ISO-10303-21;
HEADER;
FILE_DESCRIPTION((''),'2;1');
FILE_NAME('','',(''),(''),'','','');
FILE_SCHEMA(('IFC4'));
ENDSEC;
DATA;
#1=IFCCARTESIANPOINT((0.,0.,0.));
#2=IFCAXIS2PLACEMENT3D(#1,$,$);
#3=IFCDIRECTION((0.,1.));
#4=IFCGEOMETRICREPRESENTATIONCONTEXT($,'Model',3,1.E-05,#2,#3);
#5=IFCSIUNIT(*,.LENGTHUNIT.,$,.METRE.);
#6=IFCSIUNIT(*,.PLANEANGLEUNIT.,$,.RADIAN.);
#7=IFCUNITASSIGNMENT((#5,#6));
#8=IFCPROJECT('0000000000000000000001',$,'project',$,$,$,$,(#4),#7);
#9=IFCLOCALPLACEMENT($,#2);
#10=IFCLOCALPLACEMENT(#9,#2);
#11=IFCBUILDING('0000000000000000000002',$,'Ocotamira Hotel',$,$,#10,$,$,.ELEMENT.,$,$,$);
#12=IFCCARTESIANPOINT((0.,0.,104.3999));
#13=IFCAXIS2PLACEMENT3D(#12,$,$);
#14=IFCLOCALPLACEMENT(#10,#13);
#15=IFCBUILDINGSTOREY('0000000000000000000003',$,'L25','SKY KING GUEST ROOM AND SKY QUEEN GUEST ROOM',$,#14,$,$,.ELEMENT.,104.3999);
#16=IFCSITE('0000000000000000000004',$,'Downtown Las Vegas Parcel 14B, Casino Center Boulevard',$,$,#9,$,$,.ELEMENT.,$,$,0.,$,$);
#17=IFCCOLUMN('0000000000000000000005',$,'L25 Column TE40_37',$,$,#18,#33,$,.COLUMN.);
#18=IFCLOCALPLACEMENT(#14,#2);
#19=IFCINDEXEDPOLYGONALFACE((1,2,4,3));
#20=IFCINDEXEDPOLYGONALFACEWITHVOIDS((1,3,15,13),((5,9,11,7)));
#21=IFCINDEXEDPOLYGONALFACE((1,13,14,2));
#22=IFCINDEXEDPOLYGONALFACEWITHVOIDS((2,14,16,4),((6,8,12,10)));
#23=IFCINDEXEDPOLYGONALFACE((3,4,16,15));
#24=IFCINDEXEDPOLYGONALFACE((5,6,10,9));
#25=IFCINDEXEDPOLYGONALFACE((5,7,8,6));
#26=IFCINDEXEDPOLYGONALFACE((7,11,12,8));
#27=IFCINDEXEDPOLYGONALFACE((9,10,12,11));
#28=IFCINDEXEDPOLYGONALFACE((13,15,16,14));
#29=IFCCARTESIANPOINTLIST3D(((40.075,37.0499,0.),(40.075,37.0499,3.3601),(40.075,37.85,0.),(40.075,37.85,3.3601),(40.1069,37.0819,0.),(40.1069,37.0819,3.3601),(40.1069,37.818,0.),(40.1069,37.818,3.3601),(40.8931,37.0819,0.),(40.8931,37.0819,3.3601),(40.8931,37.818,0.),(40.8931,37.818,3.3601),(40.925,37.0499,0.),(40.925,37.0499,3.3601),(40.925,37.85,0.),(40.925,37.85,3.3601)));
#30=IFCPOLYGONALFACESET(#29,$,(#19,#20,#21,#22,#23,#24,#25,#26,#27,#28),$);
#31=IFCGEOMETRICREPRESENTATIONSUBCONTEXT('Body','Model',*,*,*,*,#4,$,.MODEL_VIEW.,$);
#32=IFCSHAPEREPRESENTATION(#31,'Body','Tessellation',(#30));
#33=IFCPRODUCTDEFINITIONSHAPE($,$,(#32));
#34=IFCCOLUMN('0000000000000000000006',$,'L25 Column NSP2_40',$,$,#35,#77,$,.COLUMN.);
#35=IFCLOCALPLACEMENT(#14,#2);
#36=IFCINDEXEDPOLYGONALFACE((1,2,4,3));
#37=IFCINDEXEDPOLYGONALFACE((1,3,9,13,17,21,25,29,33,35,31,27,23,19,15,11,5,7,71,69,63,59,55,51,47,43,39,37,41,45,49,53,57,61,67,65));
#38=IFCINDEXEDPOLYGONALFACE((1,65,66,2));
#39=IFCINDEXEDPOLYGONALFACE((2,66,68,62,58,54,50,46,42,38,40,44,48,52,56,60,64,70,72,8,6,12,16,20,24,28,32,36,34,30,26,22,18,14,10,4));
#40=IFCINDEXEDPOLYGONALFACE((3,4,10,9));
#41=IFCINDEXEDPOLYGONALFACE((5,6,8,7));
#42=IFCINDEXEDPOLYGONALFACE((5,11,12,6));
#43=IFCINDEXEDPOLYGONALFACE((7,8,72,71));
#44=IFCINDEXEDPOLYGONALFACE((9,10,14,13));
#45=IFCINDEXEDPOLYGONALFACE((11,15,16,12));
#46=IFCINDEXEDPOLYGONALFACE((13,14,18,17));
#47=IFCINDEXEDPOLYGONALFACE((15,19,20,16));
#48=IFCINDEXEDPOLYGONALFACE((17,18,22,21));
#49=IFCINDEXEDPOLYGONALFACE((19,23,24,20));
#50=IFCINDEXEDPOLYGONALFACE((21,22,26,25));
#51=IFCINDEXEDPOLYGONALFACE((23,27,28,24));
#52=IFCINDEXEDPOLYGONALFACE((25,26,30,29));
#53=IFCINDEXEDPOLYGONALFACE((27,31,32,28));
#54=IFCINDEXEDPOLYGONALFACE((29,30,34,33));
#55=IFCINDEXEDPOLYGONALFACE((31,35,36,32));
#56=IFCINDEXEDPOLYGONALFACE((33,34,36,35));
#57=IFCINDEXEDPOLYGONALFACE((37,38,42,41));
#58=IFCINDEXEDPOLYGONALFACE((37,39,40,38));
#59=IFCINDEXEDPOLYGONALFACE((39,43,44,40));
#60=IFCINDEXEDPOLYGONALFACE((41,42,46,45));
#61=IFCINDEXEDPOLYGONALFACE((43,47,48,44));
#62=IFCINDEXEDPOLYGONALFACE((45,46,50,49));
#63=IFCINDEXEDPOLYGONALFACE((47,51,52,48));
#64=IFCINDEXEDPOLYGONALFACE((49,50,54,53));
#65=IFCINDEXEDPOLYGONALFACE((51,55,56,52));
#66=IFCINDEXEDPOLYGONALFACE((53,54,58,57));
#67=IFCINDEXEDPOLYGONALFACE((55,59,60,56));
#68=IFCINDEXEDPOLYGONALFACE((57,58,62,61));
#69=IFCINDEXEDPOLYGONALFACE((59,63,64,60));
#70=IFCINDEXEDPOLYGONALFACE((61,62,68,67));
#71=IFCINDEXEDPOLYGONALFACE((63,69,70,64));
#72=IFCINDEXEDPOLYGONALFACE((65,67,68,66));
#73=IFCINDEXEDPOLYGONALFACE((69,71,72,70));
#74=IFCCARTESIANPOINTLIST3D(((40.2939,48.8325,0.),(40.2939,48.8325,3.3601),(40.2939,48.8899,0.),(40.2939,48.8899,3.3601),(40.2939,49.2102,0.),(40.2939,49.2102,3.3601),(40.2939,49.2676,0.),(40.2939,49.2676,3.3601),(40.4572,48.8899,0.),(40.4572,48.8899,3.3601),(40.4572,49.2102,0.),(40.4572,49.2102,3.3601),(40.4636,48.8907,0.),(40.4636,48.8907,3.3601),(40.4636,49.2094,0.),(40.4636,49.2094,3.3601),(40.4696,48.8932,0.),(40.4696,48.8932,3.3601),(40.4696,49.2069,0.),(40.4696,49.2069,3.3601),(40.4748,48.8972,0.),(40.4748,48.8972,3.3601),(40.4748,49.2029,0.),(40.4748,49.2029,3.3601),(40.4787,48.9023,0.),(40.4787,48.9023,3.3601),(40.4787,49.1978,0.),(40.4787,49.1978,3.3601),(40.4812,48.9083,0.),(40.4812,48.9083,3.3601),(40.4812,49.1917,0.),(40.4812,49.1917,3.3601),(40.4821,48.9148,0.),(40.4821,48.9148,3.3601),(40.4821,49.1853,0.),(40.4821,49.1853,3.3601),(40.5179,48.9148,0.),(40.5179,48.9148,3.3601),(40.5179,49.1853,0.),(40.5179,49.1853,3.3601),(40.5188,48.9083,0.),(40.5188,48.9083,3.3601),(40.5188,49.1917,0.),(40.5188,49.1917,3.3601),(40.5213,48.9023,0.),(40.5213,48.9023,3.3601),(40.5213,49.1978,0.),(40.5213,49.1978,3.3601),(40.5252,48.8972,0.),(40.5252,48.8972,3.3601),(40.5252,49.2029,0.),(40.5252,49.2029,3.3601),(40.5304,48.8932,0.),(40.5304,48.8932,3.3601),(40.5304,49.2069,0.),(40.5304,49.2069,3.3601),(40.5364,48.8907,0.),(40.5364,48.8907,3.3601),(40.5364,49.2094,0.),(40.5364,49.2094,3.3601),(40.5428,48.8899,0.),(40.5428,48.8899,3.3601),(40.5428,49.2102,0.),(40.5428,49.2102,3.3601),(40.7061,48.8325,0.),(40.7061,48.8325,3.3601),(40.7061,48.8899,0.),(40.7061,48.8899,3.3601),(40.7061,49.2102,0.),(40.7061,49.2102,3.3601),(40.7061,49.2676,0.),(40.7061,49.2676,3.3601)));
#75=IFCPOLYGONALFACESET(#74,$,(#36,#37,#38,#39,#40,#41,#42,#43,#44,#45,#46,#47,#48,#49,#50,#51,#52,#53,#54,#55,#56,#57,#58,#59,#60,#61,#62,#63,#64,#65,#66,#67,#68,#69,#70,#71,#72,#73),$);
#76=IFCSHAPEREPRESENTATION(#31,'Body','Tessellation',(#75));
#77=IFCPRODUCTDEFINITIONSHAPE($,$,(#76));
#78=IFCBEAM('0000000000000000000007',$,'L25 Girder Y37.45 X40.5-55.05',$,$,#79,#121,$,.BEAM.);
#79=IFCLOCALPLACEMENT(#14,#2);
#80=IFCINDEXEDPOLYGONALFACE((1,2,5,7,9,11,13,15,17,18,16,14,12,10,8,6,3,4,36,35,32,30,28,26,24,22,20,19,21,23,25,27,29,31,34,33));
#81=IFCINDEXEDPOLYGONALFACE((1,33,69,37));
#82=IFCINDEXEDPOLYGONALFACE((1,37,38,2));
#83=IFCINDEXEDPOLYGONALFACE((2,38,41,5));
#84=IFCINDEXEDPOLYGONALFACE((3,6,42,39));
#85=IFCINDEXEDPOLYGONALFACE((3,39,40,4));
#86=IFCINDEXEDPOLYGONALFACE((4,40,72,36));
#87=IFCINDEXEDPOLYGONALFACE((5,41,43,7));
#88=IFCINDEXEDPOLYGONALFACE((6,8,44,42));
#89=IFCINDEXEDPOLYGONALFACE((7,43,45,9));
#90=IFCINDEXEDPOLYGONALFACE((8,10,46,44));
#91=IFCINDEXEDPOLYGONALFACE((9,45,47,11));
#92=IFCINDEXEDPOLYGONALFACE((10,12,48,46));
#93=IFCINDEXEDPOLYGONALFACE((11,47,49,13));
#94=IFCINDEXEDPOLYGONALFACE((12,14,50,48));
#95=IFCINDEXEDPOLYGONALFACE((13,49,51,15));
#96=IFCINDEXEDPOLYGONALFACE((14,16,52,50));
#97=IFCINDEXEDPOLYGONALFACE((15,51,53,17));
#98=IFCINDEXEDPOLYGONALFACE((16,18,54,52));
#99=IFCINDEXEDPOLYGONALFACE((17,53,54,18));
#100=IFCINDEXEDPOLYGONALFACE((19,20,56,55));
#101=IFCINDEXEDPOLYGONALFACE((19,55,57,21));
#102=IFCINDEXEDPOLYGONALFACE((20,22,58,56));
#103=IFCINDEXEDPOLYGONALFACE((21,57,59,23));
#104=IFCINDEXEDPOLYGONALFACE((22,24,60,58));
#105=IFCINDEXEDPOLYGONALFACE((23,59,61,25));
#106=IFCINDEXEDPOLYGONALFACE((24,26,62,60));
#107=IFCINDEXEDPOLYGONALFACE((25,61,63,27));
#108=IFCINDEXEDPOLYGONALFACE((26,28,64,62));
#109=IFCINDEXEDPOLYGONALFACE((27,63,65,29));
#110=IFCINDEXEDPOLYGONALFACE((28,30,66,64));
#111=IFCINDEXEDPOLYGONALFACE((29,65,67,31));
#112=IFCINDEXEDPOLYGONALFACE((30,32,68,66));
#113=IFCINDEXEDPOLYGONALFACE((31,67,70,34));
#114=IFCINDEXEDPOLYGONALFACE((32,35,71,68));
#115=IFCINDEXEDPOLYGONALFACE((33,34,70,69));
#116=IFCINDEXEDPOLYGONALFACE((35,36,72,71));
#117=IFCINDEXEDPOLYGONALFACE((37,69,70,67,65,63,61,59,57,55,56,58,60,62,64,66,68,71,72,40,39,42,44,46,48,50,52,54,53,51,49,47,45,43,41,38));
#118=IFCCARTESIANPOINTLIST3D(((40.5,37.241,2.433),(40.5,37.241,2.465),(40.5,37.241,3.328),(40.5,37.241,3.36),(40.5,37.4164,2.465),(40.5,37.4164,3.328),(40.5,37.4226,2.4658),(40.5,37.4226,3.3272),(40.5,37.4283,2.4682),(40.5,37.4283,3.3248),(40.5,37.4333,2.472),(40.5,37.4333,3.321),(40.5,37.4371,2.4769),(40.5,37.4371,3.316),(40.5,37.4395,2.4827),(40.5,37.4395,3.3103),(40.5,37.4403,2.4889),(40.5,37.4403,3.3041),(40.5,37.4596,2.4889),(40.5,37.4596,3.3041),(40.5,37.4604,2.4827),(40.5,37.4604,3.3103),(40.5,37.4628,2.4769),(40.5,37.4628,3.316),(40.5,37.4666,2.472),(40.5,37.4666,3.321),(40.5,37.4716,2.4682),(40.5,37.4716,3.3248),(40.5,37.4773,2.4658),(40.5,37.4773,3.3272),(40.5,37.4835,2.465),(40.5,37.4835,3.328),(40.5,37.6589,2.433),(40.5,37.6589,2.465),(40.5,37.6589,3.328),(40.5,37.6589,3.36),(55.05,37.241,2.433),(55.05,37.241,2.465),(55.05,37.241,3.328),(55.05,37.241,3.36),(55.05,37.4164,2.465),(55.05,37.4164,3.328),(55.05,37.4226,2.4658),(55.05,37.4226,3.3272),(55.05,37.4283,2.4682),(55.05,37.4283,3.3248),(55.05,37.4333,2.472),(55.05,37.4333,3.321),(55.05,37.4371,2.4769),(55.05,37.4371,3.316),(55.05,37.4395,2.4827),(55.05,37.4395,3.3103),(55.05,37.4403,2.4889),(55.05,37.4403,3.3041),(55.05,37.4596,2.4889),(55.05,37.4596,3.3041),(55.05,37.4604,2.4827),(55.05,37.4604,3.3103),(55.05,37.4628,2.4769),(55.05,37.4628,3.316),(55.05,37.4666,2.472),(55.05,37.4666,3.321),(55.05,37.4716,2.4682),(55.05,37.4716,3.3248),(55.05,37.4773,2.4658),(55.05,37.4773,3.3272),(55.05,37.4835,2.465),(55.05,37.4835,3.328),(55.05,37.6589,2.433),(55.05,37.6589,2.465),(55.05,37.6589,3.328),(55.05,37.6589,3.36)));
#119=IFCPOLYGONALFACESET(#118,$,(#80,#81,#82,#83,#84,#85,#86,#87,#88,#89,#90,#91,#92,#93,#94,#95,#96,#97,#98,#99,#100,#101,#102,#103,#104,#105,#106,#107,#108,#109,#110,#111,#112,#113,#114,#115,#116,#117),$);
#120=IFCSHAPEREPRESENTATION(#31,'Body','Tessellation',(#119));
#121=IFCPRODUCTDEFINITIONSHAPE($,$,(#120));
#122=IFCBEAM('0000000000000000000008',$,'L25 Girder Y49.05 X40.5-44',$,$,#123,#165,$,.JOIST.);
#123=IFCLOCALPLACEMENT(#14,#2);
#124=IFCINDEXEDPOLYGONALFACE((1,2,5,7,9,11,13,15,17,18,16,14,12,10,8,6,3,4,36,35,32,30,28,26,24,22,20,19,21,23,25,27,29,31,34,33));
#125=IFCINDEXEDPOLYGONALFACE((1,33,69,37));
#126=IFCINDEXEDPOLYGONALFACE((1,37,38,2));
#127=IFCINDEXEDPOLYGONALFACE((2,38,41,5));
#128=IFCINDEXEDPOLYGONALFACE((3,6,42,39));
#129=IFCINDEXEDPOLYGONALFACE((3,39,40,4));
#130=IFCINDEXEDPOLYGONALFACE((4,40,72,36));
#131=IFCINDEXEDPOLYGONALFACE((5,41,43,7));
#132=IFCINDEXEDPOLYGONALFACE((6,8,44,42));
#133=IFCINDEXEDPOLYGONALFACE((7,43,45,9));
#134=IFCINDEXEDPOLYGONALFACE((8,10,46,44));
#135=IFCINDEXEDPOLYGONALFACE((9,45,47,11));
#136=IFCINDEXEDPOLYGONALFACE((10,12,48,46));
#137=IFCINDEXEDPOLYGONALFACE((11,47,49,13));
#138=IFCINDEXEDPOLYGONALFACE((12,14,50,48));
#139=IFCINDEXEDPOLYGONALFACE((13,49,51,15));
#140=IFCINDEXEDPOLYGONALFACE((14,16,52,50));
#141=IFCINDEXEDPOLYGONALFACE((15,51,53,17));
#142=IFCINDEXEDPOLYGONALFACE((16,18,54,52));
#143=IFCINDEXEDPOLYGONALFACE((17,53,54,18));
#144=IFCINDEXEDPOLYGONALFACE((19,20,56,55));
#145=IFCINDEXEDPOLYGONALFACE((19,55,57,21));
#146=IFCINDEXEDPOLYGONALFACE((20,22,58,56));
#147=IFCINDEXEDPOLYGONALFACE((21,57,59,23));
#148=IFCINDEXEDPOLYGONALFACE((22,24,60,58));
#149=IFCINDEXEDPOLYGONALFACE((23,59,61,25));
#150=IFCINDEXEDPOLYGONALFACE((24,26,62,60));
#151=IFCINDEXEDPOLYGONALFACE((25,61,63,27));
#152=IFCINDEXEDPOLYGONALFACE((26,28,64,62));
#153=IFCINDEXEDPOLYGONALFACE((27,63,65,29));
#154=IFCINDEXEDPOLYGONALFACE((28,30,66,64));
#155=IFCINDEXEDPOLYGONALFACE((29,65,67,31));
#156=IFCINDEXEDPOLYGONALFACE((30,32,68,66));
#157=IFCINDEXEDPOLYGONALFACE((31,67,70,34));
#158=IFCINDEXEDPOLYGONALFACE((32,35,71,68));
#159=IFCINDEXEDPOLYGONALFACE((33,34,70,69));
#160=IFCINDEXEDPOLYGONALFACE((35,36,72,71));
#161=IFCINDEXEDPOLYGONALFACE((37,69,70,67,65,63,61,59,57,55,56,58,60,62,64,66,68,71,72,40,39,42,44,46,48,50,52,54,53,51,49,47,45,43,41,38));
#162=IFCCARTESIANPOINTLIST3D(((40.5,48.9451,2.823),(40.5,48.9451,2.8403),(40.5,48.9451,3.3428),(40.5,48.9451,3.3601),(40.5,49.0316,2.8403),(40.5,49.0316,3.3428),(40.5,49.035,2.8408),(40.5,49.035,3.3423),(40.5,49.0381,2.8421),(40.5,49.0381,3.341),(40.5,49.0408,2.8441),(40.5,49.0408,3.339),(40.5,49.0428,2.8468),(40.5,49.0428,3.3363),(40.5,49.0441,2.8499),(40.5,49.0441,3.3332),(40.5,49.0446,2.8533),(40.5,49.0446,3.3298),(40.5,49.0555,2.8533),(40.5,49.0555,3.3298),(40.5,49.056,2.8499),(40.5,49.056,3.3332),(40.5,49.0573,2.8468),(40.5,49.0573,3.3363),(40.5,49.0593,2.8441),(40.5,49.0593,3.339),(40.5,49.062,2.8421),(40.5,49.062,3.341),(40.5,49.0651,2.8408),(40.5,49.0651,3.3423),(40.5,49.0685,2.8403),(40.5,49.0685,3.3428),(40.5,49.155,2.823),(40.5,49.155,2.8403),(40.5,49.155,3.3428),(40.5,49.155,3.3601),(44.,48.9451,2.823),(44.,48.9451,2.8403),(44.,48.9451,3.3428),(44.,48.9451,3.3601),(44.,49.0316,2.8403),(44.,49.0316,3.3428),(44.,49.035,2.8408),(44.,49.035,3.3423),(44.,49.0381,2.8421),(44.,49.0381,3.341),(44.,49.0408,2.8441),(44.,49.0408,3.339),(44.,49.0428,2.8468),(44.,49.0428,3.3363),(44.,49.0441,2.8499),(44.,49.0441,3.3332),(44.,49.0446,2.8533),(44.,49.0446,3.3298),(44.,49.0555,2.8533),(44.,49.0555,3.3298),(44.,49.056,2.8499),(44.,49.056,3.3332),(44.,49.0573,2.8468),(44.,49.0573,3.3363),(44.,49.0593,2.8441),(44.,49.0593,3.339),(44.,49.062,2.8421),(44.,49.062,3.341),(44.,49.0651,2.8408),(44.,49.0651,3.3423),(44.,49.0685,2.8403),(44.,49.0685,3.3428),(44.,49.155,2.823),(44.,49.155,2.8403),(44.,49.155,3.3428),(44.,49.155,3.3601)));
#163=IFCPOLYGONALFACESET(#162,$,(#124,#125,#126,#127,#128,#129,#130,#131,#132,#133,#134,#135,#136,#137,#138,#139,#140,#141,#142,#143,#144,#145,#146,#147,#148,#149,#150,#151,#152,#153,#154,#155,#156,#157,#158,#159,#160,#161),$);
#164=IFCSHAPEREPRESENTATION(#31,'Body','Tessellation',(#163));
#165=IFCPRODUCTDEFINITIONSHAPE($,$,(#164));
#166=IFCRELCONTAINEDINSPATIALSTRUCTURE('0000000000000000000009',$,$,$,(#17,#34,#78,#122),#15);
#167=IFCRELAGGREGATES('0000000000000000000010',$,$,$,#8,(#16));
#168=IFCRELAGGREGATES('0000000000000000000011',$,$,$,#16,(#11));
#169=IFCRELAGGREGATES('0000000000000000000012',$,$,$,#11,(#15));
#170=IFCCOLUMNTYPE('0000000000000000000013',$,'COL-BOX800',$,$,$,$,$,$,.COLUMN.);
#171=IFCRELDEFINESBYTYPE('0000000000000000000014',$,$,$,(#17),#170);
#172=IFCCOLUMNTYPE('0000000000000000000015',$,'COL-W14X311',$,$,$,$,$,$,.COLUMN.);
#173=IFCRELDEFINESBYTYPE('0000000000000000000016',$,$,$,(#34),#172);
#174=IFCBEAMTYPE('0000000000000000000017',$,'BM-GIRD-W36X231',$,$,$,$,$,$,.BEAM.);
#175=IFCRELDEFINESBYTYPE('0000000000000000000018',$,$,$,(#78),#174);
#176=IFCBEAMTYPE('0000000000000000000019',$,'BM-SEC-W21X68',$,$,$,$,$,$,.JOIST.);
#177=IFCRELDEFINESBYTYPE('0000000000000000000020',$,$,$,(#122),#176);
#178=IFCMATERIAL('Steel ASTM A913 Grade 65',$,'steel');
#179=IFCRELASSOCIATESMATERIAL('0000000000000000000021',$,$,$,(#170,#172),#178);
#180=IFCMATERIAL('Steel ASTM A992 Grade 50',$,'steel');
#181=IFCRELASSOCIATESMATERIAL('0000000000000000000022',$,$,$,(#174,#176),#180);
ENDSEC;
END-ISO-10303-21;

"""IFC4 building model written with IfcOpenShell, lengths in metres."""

from ifc_helpers import new_model, si_unit, direction, frame, origin, origin_2d, place, context, subcontext, project, spatial, hollow_rectangle, i_section, extrude, source, transform, mapped, material, material_profile, profile_set, type_object, element, save


model = new_model("IFC4")

# Units and contexts
model_context = context("Model", 3, precision=1e-05, world=origin(), true_north=direction((0.0, 1.0)))
body_context = subcontext(model_context, "Body", "Model", "MODEL_VIEW")
ifc_project = project(units=[si_unit("LENGTHUNIT", "METRE"), si_unit("PLANEANGLEUNIT", "RADIAN")], contexts=[model_context])

# Site, building, storey
site_placement = place(None, origin())
site = spatial("IfcSite", under=ifc_project, at=site_placement, Name="Downtown Las Vegas Parcel 14B, Casino Center Boulevard", CompositionType="ELEMENT", RefElevation=0.0)
building_placement = place(site_placement, origin())
building = spatial("IfcBuilding", under=site, at=building_placement, Name="Ocotamira Hotel", CompositionType="ELEMENT")
storey_placement = place(building_placement, frame((0.0, 0.0, 104.3999)))
storey = spatial("IfcBuildingStorey", under=building, at=storey_placement, Name="L25", Description="SKY KING GUEST ROOM AND SKY QUEEN GUEST ROOM", CompositionType="ELEMENT", Elevation=104.3999)

# Columns
ifc_material_1 = material(Name="Steel ASTM A913 Grade 65", Category="steel")
ifc_material_profile_1 = material_profile(ifc_material_1, hollow_rectangle(XDim=0.8501, YDim=0.8, WallThickness=0.032, at=origin_2d()), Name="BOX800X850X32")
ifc_profile_set_1 = profile_set([ifc_material_profile_1], Name="Steel ASTM A913 Grade 65")
column_type_1 = type_object("IfcColumnType", Name="COL-BOX800", PredefinedType="COLUMN", material=ifc_profile_set_1)
shared_shape_1 = source(origin(), body_context, "Body", "SweptSolid", [
    extrude(hollow_rectangle(XDim=0.8501, YDim=0.8, WallThickness=0.032, at=origin_2d()), origin(), (0.0, 0.0, 1.0), 3.3601),
])
column_1_placement = place(storey_placement, frame((40.5, 37.45, 0.0), z_axis=(0.0, 0.0, 1.0), x_axis=(1.0, 0.0, 0.0)))
element("IfcColumn", 1, at=column_1_placement, inside=storey, type_object=column_type_1, Name="L25 Column TE40_37", PredefinedType="COLUMN", context=body_context, shape_type="MappedRepresentation", body=[
    mapped(shared_shape_1, transform((0.0, 0.0, 0.0), scale=1.0)),
])
ifc_material_profile_2 = material_profile(ifc_material_1, i_section(OverallWidth=0.4121, OverallDepth=0.4351, WebThickness=0.0359, FlangeThickness=0.0574, FilletRadius=0.0249, at=origin_2d()), Name="W14X311")
ifc_profile_set_2 = profile_set([ifc_material_profile_2], Name="Steel ASTM A913 Grade 65")
column_type_2 = type_object("IfcColumnType", Name="COL-W14X311", PredefinedType="COLUMN", material=ifc_profile_set_2)
shared_shape_2 = source(origin(), body_context, "Body", "SweptSolid", [
    extrude(i_section(OverallWidth=0.4121, OverallDepth=0.4351, WebThickness=0.0359, FlangeThickness=0.0574, FilletRadius=0.0249, at=origin_2d()), origin(), (0.0, 0.0, 1.0), 3.3601),
])
column_2_placement = place(storey_placement, frame((40.5, 49.05, 0.0), z_axis=(0.0, 0.0, 1.0), x_axis=(1.0, 0.0, 0.0)))
element("IfcColumn", 2, at=column_2_placement, inside=storey, type_object=column_type_2, Name="L25 Column NSP2_40", PredefinedType="COLUMN", context=body_context, shape_type="MappedRepresentation", body=[
    mapped(shared_shape_2, transform((0.0, 0.0, 0.0), scale=1.0)),
])

# Beams
ifc_material_2 = material(Name="Steel ASTM A992 Grade 50", Category="steel")
ifc_material_profile_3 = material_profile(ifc_material_2, i_section(OverallWidth=0.418, OverallDepth=0.927, WebThickness=0.0193, FlangeThickness=0.032, FilletRadius=0.0239, at=origin_2d()), Name="W36X231")
ifc_profile_set_3 = profile_set([ifc_material_profile_3], Name="Steel ASTM A992 Grade 50")
beam_type_1 = type_object("IfcBeamType", Name="BM-GIRD-W36X231", PredefinedType="BEAM", material=ifc_profile_set_3)
shared_shape_3 = source(origin(), body_context, "Body", "SweptSolid", [
    extrude(i_section(OverallWidth=0.418, OverallDepth=0.927, WebThickness=0.0193, FlangeThickness=0.032, FilletRadius=0.0239, at=origin_2d()), origin(), (0.0, 0.0, 1.0), 14.55),
])
beam_1_placement = place(storey_placement, frame((40.5, 37.45, 2.8965), z_axis=(1.0, 0.0, 0.0), x_axis=(0.0, 1.0, 0.0)))
element("IfcBeam", 3, at=beam_1_placement, inside=storey, type_object=beam_type_1, Name="L25 Girder Y37.45 X40.5-55.05", PredefinedType="BEAM", context=body_context, shape_type="MappedRepresentation", body=[
    mapped(shared_shape_3, transform((0.0, 0.0, 0.0), scale=1.0)),
])
ifc_material_profile_4 = material_profile(ifc_material_2, i_section(OverallWidth=0.21, OverallDepth=0.5371, WebThickness=0.011, FlangeThickness=0.0173, FilletRadius=0.0129, at=origin_2d()), Name="W21X68")
ifc_profile_set_4 = profile_set([ifc_material_profile_4], Name="Steel ASTM A992 Grade 50")
beam_type_2 = type_object("IfcBeamType", Name="BM-SEC-W21X68", PredefinedType="JOIST", material=ifc_profile_set_4)
shared_shape_4 = source(origin(), body_context, "Body", "SweptSolid", [
    extrude(i_section(OverallWidth=0.21, OverallDepth=0.5371, WebThickness=0.011, FlangeThickness=0.0173, FilletRadius=0.0129, at=origin_2d()), origin(), (0.0, 0.0, 1.0), 3.5),
])
beam_2_placement = place(storey_placement, frame((40.5, 49.05, 3.0916), z_axis=(1.0, 0.0, 0.0), x_axis=(0.0, 1.0, 0.0)))
element("IfcBeam", 4, at=beam_2_placement, inside=storey, type_object=beam_type_2, Name="L25 Girder Y49.05 X40.5-44", PredefinedType="JOIST", context=body_context, shape_type="MappedRepresentation", body=[
    mapped(shared_shape_4, transform((0.0, 0.0, 0.0), scale=1.0)),
])

save(model, "model.ifc")
